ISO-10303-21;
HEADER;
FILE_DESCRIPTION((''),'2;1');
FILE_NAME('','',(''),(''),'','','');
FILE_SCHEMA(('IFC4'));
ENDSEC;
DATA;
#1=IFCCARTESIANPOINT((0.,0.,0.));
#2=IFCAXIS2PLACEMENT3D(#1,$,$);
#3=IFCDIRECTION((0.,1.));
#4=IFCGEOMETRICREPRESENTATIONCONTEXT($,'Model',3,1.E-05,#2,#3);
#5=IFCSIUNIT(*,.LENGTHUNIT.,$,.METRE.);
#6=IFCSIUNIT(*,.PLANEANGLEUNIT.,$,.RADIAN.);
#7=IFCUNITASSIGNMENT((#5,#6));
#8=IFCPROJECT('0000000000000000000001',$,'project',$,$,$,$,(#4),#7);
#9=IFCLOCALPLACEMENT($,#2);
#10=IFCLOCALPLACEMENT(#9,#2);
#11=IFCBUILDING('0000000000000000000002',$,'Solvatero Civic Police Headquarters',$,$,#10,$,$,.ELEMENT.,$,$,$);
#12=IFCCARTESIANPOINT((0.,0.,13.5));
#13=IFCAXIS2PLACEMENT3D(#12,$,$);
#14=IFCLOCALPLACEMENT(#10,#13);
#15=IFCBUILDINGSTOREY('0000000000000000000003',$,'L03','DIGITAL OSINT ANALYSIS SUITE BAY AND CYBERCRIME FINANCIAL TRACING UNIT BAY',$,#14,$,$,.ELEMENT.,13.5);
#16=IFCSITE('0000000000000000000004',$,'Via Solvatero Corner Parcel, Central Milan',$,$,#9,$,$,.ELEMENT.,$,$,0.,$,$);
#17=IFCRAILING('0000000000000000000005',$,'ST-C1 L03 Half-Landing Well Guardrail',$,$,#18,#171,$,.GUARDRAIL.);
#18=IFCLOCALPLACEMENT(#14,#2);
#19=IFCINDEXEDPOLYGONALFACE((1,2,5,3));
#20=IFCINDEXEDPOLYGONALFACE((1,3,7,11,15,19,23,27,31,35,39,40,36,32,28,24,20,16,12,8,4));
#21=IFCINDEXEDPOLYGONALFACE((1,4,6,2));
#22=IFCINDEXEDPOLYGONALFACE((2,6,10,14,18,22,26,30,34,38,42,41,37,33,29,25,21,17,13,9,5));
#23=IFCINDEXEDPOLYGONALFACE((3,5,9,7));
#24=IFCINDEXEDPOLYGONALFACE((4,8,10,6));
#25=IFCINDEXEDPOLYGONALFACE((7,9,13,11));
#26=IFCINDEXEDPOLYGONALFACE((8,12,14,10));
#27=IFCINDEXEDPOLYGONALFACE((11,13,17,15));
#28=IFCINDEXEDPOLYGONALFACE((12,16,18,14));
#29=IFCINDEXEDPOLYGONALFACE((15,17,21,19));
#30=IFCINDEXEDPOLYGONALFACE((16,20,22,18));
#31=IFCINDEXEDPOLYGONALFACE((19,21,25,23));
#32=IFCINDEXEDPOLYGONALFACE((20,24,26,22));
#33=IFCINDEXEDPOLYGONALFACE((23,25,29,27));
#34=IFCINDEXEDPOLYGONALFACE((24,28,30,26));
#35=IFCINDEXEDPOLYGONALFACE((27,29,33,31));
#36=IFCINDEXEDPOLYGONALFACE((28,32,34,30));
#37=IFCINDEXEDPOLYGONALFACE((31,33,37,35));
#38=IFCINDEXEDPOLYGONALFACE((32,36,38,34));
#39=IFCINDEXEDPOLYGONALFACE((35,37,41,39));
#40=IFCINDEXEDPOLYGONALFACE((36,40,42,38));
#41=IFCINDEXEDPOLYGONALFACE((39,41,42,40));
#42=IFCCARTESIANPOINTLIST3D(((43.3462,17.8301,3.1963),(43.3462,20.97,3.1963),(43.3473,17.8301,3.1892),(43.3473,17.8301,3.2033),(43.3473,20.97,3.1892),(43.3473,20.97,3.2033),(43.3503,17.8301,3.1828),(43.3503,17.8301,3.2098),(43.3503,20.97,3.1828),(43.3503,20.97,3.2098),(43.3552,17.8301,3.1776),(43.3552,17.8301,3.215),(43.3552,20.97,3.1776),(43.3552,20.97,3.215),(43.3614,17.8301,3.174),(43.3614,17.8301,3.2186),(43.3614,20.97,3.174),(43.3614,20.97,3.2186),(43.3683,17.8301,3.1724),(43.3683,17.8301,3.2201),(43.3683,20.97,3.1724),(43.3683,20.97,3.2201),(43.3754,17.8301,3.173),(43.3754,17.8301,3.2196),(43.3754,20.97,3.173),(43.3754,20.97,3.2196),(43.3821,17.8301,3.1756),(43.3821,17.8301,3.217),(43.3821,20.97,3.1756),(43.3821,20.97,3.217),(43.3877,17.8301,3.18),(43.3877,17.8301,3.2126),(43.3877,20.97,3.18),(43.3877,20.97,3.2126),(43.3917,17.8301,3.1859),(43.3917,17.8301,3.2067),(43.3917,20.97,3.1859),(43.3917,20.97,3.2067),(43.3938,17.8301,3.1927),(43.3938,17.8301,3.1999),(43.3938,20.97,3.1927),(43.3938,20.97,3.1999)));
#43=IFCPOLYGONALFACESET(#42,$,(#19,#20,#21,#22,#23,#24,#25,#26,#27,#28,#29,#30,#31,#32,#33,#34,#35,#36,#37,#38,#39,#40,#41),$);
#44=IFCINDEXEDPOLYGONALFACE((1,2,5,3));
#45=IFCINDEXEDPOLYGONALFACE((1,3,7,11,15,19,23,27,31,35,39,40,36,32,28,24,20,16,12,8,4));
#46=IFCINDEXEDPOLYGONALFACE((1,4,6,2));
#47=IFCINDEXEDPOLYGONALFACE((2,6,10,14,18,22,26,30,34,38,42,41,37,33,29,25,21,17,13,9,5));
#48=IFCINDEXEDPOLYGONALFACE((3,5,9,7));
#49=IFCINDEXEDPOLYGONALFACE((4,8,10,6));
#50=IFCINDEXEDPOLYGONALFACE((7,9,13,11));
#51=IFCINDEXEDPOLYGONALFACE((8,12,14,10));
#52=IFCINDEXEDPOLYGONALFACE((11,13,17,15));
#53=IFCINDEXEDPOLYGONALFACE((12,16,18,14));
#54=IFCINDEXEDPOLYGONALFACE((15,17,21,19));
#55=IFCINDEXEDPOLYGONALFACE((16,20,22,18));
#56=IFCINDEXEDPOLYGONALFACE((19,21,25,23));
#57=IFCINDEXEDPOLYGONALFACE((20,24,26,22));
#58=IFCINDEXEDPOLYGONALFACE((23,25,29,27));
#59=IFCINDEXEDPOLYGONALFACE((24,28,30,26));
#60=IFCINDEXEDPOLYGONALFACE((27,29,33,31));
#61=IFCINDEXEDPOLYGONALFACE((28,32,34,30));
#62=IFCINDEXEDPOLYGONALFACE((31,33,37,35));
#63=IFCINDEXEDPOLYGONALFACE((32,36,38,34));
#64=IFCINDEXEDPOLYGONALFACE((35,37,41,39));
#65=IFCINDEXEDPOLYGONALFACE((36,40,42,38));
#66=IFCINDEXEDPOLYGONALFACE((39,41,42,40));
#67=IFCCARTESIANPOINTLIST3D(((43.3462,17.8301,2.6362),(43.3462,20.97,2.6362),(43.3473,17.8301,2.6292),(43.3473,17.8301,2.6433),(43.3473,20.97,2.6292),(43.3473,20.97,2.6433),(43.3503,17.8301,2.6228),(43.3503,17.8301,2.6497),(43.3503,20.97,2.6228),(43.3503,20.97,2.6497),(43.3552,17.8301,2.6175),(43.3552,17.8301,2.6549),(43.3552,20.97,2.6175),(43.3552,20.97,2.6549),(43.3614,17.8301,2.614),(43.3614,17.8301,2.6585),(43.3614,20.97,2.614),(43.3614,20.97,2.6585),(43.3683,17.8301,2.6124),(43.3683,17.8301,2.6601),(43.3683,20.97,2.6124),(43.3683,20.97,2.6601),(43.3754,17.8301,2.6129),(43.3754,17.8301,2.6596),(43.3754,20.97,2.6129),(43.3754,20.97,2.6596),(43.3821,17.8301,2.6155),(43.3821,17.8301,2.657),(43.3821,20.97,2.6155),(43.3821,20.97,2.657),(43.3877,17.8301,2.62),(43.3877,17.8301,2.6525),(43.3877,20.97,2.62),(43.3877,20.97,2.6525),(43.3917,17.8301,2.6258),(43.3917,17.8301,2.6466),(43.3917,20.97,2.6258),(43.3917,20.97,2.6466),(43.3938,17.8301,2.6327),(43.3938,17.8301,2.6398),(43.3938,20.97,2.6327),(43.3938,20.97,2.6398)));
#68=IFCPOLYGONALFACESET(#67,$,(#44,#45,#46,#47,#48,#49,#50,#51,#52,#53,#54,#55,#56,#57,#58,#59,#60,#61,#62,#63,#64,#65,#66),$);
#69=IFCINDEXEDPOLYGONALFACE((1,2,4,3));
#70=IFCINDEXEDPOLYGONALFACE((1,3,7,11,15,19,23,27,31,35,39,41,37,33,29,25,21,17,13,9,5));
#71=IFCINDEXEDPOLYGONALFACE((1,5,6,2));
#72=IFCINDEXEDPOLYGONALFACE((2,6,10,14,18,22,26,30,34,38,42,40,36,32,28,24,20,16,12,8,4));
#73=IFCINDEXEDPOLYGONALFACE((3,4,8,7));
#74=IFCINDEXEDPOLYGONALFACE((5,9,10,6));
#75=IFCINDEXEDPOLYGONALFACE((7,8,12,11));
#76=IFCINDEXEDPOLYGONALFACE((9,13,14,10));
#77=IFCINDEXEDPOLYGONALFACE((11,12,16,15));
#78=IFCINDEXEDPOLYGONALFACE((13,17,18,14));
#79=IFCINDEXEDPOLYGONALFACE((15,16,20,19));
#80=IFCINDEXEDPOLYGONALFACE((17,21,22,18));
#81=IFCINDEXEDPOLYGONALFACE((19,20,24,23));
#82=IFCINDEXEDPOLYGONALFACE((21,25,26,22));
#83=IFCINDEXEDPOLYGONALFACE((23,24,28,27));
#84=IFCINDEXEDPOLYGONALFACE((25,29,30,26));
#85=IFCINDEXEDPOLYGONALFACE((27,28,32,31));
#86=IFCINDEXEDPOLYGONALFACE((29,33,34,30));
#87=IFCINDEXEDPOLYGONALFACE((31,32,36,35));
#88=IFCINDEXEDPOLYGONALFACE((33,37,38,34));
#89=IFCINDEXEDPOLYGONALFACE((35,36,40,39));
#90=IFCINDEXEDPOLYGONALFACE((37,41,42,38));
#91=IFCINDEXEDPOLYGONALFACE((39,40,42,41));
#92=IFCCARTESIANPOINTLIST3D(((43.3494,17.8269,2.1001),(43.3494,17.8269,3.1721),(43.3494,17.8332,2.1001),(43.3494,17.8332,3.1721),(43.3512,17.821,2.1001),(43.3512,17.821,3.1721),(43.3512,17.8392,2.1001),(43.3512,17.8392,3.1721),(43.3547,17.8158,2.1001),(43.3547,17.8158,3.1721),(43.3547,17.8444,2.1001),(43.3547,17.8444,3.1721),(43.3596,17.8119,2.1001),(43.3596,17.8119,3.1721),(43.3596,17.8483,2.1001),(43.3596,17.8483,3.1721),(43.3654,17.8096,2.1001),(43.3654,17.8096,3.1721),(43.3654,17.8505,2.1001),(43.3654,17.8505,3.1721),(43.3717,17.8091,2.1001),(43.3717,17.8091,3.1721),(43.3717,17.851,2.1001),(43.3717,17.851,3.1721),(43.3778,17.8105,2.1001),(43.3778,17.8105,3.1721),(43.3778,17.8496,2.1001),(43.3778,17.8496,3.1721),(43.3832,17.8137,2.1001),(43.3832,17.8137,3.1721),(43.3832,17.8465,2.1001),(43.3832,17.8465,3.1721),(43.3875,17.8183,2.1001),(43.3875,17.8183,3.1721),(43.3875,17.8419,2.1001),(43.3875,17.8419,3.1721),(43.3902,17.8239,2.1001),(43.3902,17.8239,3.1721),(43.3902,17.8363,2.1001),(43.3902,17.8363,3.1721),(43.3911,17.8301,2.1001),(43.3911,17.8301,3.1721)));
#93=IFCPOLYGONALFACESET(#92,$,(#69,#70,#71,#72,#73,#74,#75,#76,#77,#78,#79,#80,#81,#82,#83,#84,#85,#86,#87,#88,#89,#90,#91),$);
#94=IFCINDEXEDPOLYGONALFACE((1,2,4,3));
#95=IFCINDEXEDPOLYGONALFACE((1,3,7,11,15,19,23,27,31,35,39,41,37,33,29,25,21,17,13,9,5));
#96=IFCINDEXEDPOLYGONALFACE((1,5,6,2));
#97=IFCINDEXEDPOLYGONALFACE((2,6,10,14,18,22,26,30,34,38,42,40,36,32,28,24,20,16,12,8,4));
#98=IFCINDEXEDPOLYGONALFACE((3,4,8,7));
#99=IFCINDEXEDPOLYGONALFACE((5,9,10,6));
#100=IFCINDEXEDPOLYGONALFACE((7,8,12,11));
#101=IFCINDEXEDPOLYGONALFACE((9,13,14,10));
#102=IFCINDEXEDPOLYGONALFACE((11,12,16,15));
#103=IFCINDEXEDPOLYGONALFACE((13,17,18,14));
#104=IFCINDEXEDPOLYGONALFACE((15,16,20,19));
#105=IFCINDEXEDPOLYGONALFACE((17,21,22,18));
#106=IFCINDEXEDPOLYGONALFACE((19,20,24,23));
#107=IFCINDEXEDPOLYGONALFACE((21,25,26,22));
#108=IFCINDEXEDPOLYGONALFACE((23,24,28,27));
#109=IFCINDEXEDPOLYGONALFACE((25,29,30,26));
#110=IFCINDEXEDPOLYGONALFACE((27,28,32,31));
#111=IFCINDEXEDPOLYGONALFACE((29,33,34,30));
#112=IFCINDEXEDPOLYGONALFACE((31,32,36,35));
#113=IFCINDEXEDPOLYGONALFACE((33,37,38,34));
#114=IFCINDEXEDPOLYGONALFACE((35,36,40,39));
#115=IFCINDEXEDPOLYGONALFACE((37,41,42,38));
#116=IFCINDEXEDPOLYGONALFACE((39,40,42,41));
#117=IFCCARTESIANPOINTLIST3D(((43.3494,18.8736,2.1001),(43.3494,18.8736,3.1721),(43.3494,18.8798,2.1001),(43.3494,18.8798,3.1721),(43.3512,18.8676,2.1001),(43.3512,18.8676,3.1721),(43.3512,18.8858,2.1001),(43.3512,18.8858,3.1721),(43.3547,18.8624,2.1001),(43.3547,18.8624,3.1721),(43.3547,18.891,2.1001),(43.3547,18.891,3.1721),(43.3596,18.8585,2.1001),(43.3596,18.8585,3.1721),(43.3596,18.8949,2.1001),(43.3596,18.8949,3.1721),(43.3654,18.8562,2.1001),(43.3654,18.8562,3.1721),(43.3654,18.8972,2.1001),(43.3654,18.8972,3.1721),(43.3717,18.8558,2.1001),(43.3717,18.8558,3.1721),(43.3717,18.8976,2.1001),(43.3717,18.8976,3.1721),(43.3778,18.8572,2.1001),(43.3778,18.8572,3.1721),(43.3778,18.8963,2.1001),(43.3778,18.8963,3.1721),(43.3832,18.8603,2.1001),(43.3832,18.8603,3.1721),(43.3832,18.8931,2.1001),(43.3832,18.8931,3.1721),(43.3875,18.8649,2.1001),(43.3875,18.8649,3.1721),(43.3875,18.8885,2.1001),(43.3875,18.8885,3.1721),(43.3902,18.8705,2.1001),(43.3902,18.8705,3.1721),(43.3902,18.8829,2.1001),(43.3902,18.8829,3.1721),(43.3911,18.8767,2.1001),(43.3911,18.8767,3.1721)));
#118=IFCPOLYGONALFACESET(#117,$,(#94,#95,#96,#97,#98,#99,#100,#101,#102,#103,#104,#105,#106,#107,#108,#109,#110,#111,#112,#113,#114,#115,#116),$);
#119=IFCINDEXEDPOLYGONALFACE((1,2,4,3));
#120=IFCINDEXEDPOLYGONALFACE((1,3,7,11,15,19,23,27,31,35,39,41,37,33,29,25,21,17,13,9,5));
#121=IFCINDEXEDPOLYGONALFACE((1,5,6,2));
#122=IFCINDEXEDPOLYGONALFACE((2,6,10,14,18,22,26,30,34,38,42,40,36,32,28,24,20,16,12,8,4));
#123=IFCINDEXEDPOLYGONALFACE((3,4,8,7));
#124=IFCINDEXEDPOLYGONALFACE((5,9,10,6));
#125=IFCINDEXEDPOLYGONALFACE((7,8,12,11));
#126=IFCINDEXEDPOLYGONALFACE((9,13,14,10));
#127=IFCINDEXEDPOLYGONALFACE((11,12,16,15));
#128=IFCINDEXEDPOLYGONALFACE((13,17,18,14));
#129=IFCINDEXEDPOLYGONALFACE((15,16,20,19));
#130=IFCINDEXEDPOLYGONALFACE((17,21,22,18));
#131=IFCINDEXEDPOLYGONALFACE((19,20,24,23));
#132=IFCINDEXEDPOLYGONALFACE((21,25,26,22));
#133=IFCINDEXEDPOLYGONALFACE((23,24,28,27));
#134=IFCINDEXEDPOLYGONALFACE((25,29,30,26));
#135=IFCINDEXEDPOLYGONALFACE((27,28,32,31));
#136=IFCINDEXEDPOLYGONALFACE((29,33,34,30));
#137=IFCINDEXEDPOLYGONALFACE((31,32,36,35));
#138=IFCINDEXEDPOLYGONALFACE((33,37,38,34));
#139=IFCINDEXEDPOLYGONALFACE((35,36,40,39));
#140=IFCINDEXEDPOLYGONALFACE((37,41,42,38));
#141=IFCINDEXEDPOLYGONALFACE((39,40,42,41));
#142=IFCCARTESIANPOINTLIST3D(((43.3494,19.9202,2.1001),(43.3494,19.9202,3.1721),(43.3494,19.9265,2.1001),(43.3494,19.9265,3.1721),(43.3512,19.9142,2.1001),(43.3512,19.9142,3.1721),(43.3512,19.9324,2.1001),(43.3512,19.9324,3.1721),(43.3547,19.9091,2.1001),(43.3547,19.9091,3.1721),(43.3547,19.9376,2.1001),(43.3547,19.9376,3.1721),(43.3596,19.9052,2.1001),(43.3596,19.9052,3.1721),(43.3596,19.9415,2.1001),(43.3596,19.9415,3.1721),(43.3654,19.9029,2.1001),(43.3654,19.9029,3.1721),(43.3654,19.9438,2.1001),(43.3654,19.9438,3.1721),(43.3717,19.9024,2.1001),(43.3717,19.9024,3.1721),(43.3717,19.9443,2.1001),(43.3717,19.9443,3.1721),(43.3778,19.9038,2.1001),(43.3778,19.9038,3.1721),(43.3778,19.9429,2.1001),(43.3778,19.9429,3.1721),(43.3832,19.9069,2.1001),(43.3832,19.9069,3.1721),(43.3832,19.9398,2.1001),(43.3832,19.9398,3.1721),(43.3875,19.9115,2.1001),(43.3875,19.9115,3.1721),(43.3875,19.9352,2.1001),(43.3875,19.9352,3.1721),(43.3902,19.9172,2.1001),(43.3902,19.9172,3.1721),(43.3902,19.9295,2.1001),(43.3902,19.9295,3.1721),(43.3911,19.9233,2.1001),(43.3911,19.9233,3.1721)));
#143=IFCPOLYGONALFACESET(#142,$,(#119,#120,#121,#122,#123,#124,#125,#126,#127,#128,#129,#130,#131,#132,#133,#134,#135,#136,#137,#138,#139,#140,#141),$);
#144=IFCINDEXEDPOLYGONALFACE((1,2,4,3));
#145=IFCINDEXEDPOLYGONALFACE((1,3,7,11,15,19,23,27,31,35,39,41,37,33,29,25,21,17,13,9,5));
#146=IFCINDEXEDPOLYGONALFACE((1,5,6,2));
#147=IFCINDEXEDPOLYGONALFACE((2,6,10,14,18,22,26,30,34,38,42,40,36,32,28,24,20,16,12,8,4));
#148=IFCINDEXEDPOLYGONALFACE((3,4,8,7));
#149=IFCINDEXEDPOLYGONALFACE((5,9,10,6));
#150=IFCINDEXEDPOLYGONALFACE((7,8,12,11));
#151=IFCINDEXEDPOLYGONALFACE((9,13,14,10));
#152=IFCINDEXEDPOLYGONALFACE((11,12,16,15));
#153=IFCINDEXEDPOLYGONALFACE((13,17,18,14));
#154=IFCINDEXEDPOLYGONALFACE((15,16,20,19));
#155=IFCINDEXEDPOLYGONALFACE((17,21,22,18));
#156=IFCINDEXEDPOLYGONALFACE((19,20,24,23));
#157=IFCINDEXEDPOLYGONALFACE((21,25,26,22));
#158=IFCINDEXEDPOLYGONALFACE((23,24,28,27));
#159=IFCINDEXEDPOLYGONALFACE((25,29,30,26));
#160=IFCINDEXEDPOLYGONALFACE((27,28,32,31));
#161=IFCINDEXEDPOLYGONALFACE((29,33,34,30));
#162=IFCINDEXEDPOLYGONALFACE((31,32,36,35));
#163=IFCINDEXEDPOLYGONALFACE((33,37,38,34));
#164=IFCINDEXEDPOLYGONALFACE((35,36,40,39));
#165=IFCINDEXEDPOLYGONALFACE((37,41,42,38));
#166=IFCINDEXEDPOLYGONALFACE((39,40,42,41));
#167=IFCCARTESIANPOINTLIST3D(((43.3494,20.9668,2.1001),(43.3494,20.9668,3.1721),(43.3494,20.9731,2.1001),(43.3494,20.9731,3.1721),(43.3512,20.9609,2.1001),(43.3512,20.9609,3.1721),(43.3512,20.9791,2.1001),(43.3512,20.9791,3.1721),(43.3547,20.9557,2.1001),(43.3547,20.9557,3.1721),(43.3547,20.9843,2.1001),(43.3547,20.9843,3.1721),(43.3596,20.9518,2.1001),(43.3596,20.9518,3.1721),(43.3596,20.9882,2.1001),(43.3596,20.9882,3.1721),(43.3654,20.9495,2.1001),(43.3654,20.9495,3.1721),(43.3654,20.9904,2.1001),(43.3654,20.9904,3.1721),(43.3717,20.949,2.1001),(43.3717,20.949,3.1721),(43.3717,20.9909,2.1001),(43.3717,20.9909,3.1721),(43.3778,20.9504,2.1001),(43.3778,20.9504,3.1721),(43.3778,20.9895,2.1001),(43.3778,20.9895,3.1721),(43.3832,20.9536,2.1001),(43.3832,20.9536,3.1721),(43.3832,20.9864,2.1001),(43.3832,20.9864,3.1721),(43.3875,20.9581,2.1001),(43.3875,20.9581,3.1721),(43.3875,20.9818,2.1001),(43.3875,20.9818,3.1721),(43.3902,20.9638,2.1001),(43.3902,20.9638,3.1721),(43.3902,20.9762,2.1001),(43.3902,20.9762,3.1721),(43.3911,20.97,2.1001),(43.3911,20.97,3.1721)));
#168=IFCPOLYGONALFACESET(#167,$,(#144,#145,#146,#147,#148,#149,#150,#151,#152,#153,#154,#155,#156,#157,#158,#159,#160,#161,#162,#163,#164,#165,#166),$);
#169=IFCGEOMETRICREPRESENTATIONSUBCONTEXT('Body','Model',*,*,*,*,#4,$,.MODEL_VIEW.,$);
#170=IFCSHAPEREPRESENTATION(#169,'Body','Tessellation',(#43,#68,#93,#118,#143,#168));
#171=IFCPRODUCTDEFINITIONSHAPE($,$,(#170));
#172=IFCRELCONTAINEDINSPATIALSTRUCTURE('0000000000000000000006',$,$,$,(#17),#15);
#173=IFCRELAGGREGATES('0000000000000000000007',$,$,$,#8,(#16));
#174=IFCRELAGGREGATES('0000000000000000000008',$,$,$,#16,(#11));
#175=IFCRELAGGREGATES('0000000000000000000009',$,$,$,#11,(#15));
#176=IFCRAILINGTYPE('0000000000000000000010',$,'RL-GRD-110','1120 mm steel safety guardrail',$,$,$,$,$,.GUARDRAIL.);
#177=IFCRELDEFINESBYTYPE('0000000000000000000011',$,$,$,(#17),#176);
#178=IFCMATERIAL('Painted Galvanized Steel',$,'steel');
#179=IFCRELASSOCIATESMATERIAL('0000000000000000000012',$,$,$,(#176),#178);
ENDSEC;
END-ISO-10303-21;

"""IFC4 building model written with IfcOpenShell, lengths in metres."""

from ifc_helpers import new_model, si_unit, direction, frame, origin, origin_2d, place, context, subcontext, project, spatial, circle, extrude, material, type_object, element, save


model = new_model("IFC4")

# Units and contexts
model_context = context("Model", 3, precision=1e-05, world=origin(), true_north=direction((0.0, 1.0)))
body_context = subcontext(model_context, "Body", "Model", "MODEL_VIEW")
ifc_project = project(units=[si_unit("LENGTHUNIT", "METRE"), si_unit("PLANEANGLEUNIT", "RADIAN")], contexts=[model_context])

# Site, building, storey
site_placement = place(None, origin())
site = spatial("IfcSite", under=ifc_project, at=site_placement, Name="Via Solvatero Corner Parcel, Central Milan", CompositionType="ELEMENT", RefElevation=0.0)
building_placement = place(site_placement, origin())
building = spatial("IfcBuilding", under=site, at=building_placement, Name="Solvatero Civic Police Headquarters", CompositionType="ELEMENT")
storey_placement = place(building_placement, frame((0.0, 0.0, 13.5)))
storey = spatial("IfcBuildingStorey", under=building, at=storey_placement, Name="L03", Description="DIGITAL OSINT ANALYSIS SUITE BAY AND CYBERCRIME FINANCIAL TRACING UNIT BAY", CompositionType="ELEMENT", Elevation=13.5)

# Railing
ifc_material_1 = material(Name="Painted Galvanized Steel", Category="steel")
railing_type_1 = type_object("IfcRailingType", Name="RL-GRD-110", Description="1120 mm steel safety guardrail", PredefinedType="GUARDRAIL", material=ifc_material_1)
railing_1_placement = place(storey_placement, frame((43.3701, 17.8301, 2.1001)))
element("IfcRailing", 1, at=railing_1_placement, inside=storey, type_object=railing_type_1, Name="ST-C1 L03 Half-Landing Well Guardrail", PredefinedType="GUARDRAIL", context=body_context, shape_type="SweptSolid", body=[
    extrude(circle(Radius=0.0239, at=origin_2d()), frame((0.0, 0.0, 1.0962), z_axis=(0.0, 1.0, 0.0), x_axis=(-1.0, 0.0, 0.0)), (0.0, 0.0, 1.0), 3.1399),
    extrude(circle(Radius=0.0239, at=origin_2d()), frame((0.0, 0.0, 0.5361), z_axis=(0.0, 1.0, 0.0), x_axis=(-1.0, 0.0, 0.0)), (0.0, 0.0, 1.0), 3.1399),
    extrude(circle(Radius=0.021, at=origin_2d()), origin(), (0.0, 0.0, 1.0), 1.072),
    extrude(circle(Radius=0.021, at=origin_2d()), frame((0.0, 1.0466, 0.0)), (0.0, 0.0, 1.0), 1.072),
    extrude(circle(Radius=0.021, at=origin_2d()), frame((0.0, 2.0933, 0.0)), (0.0, 0.0, 1.0), 1.072),
    extrude(circle(Radius=0.021, at=origin_2d()), frame((0.0, 3.1399, 0.0)), (0.0, 0.0, 1.0), 1.072),
])

save(model, "model.ifc")
